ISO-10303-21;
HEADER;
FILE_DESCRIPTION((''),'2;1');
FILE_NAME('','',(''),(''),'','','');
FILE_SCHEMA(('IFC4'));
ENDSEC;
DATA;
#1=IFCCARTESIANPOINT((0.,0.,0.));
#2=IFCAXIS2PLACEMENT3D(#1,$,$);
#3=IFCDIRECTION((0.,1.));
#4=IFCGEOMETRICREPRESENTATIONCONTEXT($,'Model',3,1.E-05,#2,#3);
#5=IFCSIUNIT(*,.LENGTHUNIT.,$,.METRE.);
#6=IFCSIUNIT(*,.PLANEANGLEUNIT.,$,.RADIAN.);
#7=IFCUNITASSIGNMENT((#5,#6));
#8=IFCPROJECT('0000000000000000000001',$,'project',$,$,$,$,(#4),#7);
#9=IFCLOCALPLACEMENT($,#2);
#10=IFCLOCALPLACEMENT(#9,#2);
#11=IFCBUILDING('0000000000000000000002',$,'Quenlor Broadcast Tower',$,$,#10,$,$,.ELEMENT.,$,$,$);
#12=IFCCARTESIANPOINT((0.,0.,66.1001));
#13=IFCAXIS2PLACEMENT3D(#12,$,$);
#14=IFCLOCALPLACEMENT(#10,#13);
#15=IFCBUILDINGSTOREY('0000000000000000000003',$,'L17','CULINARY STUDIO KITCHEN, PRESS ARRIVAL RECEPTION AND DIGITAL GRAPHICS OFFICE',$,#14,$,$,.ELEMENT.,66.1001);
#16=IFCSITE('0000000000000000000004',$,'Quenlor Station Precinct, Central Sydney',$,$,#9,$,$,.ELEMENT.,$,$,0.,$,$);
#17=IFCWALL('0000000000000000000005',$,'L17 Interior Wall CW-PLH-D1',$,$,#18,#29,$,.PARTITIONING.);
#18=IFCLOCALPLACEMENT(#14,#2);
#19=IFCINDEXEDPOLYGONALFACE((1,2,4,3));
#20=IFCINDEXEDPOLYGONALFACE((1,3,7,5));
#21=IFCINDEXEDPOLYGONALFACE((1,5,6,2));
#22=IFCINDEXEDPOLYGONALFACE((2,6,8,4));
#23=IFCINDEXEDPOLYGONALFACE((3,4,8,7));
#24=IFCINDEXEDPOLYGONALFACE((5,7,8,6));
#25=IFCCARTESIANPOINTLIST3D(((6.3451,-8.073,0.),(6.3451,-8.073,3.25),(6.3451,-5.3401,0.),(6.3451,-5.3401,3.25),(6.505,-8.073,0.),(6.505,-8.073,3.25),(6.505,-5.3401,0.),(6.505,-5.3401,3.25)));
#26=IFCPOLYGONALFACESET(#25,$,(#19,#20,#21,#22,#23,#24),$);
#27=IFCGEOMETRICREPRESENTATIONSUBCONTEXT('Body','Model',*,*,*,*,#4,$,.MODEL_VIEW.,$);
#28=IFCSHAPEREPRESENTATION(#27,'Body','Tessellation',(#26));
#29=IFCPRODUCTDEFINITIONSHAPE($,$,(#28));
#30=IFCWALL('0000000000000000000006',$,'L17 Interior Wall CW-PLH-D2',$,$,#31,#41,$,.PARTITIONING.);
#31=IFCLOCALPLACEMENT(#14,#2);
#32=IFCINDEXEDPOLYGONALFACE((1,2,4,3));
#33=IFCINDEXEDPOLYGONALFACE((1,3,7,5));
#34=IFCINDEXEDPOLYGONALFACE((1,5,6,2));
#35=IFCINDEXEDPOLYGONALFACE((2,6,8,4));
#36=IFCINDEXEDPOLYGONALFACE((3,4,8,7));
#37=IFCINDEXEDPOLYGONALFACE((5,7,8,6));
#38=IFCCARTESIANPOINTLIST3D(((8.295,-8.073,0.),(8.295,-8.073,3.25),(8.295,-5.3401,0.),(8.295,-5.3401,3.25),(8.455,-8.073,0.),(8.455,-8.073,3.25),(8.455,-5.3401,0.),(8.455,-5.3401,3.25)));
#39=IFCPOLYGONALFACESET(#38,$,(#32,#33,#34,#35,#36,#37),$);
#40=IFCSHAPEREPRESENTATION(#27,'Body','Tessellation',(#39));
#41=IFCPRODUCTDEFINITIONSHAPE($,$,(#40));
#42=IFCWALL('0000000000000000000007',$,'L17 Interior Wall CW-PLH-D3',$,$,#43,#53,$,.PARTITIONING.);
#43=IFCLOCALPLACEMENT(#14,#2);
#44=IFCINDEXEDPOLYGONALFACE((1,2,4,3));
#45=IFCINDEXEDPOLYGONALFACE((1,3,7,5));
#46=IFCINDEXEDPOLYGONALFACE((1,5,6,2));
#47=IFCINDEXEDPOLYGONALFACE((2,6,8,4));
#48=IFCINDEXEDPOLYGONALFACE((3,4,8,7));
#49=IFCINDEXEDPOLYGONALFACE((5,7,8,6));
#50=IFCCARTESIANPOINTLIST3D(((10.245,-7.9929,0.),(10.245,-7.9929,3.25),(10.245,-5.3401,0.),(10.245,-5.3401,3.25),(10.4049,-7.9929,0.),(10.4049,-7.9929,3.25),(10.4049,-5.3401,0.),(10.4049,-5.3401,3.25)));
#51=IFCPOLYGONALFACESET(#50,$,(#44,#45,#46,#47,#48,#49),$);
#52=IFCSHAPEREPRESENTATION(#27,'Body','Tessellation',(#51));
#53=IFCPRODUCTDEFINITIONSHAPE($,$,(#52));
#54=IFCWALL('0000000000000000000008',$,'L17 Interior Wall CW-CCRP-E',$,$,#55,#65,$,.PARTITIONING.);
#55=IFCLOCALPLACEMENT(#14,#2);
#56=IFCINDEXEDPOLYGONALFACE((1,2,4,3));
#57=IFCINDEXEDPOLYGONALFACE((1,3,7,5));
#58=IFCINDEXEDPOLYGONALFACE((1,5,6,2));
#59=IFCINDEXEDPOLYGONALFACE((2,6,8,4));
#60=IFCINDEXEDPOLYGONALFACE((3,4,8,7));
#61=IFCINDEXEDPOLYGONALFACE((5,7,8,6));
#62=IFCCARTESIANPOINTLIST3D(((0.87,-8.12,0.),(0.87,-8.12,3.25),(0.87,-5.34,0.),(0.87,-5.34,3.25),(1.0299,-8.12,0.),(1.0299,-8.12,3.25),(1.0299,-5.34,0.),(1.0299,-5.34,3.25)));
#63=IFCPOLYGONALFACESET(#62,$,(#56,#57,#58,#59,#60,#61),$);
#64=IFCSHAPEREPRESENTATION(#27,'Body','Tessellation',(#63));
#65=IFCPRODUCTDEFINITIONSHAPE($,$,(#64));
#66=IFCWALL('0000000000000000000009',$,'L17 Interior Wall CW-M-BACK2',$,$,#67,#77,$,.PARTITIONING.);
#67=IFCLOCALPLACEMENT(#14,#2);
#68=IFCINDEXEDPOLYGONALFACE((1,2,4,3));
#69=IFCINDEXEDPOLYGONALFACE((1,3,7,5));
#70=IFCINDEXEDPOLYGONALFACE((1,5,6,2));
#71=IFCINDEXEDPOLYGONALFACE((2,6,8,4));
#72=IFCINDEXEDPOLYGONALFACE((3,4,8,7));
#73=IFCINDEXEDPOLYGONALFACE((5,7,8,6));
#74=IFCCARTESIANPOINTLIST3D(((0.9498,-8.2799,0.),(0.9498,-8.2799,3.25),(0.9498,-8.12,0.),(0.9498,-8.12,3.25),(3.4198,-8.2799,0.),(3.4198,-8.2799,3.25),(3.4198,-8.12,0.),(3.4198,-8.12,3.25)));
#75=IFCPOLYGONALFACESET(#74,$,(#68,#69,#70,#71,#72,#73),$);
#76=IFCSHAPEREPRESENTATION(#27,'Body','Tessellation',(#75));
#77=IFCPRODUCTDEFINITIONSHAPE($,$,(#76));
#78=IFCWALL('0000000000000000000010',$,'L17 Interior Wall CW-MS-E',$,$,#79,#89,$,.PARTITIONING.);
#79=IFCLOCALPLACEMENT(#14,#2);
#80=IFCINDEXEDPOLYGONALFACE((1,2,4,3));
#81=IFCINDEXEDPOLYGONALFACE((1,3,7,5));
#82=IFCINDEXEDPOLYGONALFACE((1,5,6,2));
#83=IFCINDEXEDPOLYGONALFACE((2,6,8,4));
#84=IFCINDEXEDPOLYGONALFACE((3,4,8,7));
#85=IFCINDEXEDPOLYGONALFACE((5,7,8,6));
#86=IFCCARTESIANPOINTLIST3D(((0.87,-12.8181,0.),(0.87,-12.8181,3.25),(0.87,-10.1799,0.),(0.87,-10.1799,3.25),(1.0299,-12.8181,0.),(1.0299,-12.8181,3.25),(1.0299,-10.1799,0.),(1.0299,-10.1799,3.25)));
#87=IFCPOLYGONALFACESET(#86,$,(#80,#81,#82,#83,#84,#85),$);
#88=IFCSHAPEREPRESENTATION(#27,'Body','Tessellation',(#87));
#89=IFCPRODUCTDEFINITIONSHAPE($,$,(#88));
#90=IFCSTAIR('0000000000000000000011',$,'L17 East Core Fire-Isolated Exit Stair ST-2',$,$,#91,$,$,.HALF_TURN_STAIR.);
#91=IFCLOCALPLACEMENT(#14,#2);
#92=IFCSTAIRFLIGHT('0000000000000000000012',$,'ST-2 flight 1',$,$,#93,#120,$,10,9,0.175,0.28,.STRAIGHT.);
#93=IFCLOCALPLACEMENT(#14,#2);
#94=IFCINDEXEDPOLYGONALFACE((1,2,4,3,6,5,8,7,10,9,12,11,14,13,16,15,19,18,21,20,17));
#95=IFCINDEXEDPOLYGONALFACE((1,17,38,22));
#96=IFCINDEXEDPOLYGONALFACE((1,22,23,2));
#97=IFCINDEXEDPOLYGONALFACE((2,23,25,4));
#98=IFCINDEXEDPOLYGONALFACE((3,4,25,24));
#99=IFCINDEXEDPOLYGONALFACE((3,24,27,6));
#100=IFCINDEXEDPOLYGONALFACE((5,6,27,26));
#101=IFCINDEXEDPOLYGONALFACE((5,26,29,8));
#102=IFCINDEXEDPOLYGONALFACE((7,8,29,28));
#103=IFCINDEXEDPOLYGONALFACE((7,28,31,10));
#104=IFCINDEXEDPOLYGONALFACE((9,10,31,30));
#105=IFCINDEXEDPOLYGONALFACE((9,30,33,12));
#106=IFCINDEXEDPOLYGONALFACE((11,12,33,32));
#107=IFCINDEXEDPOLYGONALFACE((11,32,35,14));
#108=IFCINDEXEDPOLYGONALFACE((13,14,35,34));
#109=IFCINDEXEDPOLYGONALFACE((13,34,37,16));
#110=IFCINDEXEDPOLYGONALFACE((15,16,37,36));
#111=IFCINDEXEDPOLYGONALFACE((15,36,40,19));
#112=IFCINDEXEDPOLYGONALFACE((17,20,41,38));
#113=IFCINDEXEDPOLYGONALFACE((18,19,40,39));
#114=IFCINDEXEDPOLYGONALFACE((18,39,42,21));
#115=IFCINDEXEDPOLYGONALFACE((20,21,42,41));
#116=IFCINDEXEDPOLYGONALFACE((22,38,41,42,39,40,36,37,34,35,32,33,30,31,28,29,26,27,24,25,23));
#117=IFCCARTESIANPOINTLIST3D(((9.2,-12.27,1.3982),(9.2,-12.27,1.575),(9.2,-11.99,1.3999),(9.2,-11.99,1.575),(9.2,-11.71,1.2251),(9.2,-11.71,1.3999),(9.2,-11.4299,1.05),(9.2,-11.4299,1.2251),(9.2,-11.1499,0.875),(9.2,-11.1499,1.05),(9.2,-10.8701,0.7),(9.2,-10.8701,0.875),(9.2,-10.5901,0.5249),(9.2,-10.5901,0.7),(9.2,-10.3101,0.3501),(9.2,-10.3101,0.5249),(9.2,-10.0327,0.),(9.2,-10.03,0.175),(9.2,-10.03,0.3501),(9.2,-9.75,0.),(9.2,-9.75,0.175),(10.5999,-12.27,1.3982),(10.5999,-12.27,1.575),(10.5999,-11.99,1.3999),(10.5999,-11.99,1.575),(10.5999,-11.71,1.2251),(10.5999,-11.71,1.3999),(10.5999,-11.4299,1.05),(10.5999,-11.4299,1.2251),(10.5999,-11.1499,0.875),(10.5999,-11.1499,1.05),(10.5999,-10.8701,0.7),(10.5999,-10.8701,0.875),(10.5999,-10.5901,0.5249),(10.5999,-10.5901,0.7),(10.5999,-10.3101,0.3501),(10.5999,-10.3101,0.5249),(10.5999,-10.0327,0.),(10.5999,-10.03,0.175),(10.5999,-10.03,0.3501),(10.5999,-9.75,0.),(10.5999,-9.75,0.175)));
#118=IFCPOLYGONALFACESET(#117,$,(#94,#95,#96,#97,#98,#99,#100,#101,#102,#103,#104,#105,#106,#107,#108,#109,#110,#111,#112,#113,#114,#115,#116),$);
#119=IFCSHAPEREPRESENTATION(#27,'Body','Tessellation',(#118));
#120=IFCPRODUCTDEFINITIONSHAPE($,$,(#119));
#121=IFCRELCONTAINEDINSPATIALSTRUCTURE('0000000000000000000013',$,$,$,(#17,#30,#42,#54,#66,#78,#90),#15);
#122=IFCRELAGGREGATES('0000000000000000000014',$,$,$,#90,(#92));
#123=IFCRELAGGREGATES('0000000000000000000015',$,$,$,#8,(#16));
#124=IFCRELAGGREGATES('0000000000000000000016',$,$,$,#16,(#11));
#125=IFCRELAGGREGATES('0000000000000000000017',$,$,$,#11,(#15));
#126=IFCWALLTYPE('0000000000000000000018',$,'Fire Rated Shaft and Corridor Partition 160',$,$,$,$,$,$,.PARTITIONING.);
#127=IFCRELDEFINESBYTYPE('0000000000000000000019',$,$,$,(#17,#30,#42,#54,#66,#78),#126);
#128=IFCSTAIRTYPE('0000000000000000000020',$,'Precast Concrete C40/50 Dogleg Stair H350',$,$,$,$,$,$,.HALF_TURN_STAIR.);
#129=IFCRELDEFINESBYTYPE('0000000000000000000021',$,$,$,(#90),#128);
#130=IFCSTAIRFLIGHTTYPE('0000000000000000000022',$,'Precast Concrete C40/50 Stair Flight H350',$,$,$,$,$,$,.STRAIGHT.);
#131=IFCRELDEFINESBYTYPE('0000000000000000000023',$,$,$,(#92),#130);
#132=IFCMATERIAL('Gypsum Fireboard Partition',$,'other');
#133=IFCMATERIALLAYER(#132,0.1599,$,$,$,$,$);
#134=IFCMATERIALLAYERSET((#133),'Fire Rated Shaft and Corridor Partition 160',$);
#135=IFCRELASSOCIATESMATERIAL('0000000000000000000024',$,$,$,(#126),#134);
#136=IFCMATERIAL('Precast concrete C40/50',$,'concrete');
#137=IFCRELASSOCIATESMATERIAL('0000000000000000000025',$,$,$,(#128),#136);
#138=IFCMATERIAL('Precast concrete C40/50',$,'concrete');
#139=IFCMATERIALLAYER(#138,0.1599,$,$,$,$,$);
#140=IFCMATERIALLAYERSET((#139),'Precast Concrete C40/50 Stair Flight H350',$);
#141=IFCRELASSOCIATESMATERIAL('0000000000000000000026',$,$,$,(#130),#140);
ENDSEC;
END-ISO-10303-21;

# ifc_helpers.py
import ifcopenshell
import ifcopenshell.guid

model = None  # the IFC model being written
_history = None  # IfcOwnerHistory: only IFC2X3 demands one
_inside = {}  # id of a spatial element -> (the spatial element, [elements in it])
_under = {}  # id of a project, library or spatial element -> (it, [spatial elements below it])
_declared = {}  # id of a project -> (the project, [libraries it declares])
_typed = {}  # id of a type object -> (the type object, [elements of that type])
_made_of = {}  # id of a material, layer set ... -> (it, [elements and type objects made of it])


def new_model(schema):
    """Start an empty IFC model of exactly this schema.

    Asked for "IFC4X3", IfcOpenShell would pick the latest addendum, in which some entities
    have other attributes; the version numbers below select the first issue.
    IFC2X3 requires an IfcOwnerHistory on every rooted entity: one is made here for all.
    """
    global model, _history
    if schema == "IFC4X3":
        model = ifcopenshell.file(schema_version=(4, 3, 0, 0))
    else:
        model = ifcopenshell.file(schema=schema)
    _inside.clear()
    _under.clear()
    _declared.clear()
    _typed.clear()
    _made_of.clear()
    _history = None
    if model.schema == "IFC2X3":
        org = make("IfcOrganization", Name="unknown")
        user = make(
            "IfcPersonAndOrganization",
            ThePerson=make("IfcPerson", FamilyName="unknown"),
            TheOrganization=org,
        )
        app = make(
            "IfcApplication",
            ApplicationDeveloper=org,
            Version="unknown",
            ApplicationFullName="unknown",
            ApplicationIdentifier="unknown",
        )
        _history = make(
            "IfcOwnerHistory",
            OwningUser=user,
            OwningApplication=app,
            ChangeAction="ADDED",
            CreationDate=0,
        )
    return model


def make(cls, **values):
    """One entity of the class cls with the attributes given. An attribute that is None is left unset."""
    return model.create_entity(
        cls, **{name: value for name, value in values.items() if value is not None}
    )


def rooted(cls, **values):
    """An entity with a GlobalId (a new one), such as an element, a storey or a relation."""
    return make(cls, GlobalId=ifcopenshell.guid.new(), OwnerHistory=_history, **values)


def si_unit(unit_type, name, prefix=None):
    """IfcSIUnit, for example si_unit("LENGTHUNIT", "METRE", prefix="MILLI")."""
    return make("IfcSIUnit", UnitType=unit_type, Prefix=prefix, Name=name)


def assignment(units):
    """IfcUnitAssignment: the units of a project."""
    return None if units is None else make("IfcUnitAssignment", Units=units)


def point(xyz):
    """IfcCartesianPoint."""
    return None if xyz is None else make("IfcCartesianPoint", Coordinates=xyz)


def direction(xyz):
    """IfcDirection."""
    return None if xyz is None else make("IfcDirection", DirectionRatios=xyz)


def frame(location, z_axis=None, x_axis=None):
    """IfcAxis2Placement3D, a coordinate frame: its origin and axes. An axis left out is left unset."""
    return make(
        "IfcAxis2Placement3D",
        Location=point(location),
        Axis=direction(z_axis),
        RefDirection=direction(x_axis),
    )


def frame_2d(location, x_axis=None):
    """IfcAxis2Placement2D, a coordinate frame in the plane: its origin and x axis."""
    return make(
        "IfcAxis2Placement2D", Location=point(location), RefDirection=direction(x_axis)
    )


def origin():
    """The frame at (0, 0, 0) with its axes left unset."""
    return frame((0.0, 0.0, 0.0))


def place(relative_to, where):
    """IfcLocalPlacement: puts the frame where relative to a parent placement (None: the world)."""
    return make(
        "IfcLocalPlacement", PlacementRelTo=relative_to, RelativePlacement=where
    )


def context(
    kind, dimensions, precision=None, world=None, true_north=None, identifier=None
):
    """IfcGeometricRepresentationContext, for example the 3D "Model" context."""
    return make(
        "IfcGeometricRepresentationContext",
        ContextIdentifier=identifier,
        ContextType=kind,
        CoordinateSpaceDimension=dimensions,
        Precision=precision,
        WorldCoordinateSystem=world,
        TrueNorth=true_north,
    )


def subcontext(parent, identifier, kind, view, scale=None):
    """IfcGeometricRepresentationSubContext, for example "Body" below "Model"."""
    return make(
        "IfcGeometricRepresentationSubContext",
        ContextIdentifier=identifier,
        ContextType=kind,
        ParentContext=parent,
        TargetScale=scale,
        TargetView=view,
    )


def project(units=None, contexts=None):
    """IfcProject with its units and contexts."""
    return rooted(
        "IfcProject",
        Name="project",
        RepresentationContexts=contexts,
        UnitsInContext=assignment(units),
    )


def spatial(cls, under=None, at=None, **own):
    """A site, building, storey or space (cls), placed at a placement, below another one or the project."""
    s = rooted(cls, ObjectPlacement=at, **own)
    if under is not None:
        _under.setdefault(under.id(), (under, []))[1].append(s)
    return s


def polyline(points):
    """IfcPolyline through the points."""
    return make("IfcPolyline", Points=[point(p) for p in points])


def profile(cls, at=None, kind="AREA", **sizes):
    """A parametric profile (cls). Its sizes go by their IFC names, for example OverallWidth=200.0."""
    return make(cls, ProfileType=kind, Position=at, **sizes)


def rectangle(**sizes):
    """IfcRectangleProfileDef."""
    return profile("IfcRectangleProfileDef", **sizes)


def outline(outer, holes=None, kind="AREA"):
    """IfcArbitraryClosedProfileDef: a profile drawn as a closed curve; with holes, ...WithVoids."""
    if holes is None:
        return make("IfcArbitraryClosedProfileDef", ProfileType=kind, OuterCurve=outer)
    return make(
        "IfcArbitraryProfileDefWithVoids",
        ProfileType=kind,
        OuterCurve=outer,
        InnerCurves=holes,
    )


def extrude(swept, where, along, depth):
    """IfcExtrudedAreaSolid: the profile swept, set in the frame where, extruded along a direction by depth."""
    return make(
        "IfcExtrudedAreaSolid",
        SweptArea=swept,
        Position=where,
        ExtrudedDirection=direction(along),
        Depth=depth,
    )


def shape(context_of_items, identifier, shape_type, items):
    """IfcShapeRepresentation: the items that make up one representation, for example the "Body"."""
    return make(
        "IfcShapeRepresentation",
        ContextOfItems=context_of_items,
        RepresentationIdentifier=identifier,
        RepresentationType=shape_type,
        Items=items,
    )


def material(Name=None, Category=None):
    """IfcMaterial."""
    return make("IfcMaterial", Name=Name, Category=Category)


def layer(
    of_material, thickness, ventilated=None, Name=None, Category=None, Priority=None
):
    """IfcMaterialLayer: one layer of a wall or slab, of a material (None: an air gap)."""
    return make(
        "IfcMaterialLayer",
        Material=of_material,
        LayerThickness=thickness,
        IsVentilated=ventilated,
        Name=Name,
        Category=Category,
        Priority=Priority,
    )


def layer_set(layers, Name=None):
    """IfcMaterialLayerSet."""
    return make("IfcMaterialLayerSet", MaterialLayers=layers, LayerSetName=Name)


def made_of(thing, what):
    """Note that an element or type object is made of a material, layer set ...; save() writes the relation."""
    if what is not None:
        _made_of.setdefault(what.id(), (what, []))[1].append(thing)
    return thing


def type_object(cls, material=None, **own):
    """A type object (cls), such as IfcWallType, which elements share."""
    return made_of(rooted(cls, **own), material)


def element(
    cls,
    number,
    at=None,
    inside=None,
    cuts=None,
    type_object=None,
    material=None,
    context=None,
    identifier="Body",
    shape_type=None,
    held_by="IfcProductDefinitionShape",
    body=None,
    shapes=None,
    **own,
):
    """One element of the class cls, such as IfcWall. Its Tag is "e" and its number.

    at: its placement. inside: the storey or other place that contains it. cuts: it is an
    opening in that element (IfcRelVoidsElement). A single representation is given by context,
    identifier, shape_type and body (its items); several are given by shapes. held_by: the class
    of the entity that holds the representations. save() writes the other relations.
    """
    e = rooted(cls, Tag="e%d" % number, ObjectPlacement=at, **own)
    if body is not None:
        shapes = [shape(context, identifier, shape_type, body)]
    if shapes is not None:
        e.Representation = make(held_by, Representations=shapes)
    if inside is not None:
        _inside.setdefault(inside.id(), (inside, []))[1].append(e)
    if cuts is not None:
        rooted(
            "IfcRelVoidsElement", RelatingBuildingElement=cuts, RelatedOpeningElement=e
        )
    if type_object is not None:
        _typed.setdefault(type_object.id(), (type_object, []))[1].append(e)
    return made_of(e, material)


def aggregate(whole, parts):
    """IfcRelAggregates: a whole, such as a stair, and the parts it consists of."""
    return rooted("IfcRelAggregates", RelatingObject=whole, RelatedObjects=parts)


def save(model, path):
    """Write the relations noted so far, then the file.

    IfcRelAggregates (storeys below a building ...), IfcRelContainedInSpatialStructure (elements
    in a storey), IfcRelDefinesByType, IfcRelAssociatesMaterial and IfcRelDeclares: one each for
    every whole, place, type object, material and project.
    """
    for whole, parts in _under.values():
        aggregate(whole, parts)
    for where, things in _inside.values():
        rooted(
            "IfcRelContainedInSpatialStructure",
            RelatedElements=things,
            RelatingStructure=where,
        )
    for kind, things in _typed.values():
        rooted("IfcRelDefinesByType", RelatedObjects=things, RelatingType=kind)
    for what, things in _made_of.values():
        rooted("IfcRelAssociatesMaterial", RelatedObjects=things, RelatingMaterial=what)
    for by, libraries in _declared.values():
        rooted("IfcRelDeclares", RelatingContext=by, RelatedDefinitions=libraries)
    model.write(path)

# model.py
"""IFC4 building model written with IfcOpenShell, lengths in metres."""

from ifc_helpers import new_model, si_unit, direction, frame, frame_2d, origin, place, context, subcontext, project, spatial, polyline, rectangle, outline, extrude, material, layer, layer_set, type_object, element, aggregate, save


model = new_model("IFC4")

# Units and contexts
model_context = context("Model", 3, precision=1e-05, world=origin(), true_north=direction((0.0, 1.0)))
body_context = subcontext(model_context, "Body", "Model", "MODEL_VIEW")
ifc_project = project(units=[si_unit("LENGTHUNIT", "METRE"), si_unit("PLANEANGLEUNIT", "RADIAN")], contexts=[model_context])

# Site, building, storey
site_placement = place(None, origin())
site = spatial("IfcSite", under=ifc_project, at=site_placement, Name="Quenlor Station Precinct, Central Sydney", CompositionType="ELEMENT", RefElevation=0.0)
building_placement = place(site_placement, origin())
building = spatial("IfcBuilding", under=site, at=building_placement, Name="Quenlor Broadcast Tower", CompositionType="ELEMENT")
storey_placement = place(building_placement, frame((0.0, 0.0, 66.1001)))
storey = spatial("IfcBuildingStorey", under=building, at=storey_placement, Name="L17", Description="CULINARY STUDIO KITCHEN, PRESS ARRIVAL RECEPTION AND DIGITAL GRAPHICS OFFICE", CompositionType="ELEMENT", Elevation=66.1001)

# Walls
ifc_material_1 = material(Name="Gypsum Fireboard Partition", Category="other")
ifc_layer_1 = layer(ifc_material_1, 0.1599)
ifc_layer_set_1 = layer_set([ifc_layer_1], Name="Fire Rated Shaft and Corridor Partition 160")
wall_type_1 = type_object("IfcWallType", Name="Fire Rated Shaft and Corridor Partition 160", PredefinedType="PARTITIONING", material=ifc_layer_set_1)
for number, where, z_axis, x_axis, name in (
    (1, (6.425, -8.073, 0.0), (0.0, 0.0, 1.0), (0.0, 1.0, 0.0), "L17 Interior Wall CW-PLH-D1"),
    (2, (8.375, -8.073, 0.0), (0.0, 0.0, 1.0), (0.0, 1.0, 0.0), "L17 Interior Wall CW-PLH-D2"),
):
    element("IfcWall", number, at=place(storey_placement, frame(where, z_axis=z_axis, x_axis=x_axis)), inside=storey, type_object=wall_type_1, Name=name, PredefinedType="PARTITIONING", context=body_context, shape_type="SweptSolid", body=[
        extrude(rectangle(XDim=2.7329, YDim=0.1599, at=frame_2d((1.3665, 0.0))), origin(), (0.0, 0.0, 1.0), 3.25),
    ])
wall_1_placement = place(storey_placement, frame((10.325, -7.9929, 0.0), z_axis=(0.0, 0.0, 1.0), x_axis=(0.0, 1.0, 0.0)))
element("IfcWall", 3, at=wall_1_placement, inside=storey, type_object=wall_type_1, Name="L17 Interior Wall CW-PLH-D3", PredefinedType="PARTITIONING", context=body_context, shape_type="SweptSolid", body=[
    extrude(rectangle(XDim=2.6528, YDim=0.1599, at=frame_2d((1.3264, 0.0))), origin(), (0.0, 0.0, 1.0), 3.25),
])
wall_2_placement = place(storey_placement, frame((0.95, -8.1201, 0.0), z_axis=(0.0, 0.0, 1.0), x_axis=(0.0, 1.0, 0.0)))
element("IfcWall", 4, at=wall_2_placement, inside=storey, type_object=wall_type_1, Name="L17 Interior Wall CW-CCRP-E", PredefinedType="PARTITIONING", context=body_context, shape_type="SweptSolid", body=[
    extrude(rectangle(XDim=2.78, YDim=0.1599, at=frame_2d((1.3901, 0.0))), origin(), (0.0, 0.0, 1.0), 3.25),
])
wall_3_placement = place(storey_placement, frame((0.95, -8.2, 0.0), z_axis=(0.0, 0.0, 1.0), x_axis=(1.0, 0.0, 0.0)))
element("IfcWall", 5, at=wall_3_placement, inside=storey, type_object=wall_type_1, Name="L17 Interior Wall CW-M-BACK2", PredefinedType="PARTITIONING", context=body_context, shape_type="SweptSolid", body=[
    extrude(rectangle(XDim=2.47, YDim=0.1599, at=frame_2d((1.2349, 0.0))), origin(), (0.0, 0.0, 1.0), 3.25),
])
wall_4_placement = place(storey_placement, frame((0.95, -12.8181, 0.0), z_axis=(0.0, 0.0, 1.0), x_axis=(0.0, 1.0, 0.0)))
element("IfcWall", 6, at=wall_4_placement, inside=storey, type_object=wall_type_1, Name="L17 Interior Wall CW-MS-E", PredefinedType="PARTITIONING", context=body_context, shape_type="SweptSolid", body=[
    extrude(rectangle(XDim=2.6382, YDim=0.1599, at=frame_2d((1.3191, 0.0))), origin(), (0.0, 0.0, 1.0), 3.25),
])

# Stair, stair flight
ifc_material_2 = material(Name="Precast concrete C40/50", Category="concrete")
stair_type = type_object("IfcStairType", Name="Precast Concrete C40/50 Dogleg Stair H350", PredefinedType="HALF_TURN_STAIR", material=ifc_material_2)
stair_placement = place(storey_placement, origin())
stair = element("IfcStair", 7, at=stair_placement, inside=storey, type_object=stair_type, Name="L17 East Core Fire-Isolated Exit Stair ST-2", PredefinedType="HALF_TURN_STAIR")
ifc_material_3 = material(Name="Precast concrete C40/50", Category="concrete")
ifc_layer_2 = layer(ifc_material_3, 0.1599)
ifc_layer_set_2 = layer_set([ifc_layer_2], Name="Precast Concrete C40/50 Stair Flight H350")
stair_flight_type = type_object("IfcStairFlightType", Name="Precast Concrete C40/50 Stair Flight H350", PredefinedType="STRAIGHT", material=ifc_layer_set_2)
stair_flight_placement = place(storey_placement, frame((9.8999, -9.75, 0.0), z_axis=(0.0, 0.0, 1.0), x_axis=(0.0, -1.0, 0.0)))
stair_flight = element("IfcStairFlight", 8, at=stair_flight_placement, type_object=stair_flight_type, Name="ST-2 flight 1", NumberOfRisers=10, NumberOfTreads=9, PredefinedType="STRAIGHT", RiserHeight=0.175, TreadLength=0.28, context=body_context, shape_type="SweptSolid", body=[
    extrude(outline(polyline([(0.0, 0.0), (0.0, 0.175), (0.28, 0.175), (0.28, 0.3501), (0.5601, 0.3501), (0.5601, 0.5249), (0.8401, 0.5249), (0.8401, 0.7), (1.1201, 0.7), (1.1201, 0.875), (1.3999, 0.875), (1.3999, 1.05), (1.6799, 1.05), (1.6799, 1.2251), (1.96, 1.2251), (1.96, 1.3999), (2.24, 1.3999), (2.24, 1.575), (2.52, 1.575), (2.52, 1.75), (2.52, 1.3982), (0.2827, 0.0), (0.0, 0.0)])), frame((0.0, 0.7, 0.0), z_axis=(0.0, -1.0, 0.0), x_axis=(1.0, 0.0, 0.0)), (0.0, 0.0, 1.0), 1.3999),
])
aggregate(stair, [stair_flight])

save(model, "model.ifc")
